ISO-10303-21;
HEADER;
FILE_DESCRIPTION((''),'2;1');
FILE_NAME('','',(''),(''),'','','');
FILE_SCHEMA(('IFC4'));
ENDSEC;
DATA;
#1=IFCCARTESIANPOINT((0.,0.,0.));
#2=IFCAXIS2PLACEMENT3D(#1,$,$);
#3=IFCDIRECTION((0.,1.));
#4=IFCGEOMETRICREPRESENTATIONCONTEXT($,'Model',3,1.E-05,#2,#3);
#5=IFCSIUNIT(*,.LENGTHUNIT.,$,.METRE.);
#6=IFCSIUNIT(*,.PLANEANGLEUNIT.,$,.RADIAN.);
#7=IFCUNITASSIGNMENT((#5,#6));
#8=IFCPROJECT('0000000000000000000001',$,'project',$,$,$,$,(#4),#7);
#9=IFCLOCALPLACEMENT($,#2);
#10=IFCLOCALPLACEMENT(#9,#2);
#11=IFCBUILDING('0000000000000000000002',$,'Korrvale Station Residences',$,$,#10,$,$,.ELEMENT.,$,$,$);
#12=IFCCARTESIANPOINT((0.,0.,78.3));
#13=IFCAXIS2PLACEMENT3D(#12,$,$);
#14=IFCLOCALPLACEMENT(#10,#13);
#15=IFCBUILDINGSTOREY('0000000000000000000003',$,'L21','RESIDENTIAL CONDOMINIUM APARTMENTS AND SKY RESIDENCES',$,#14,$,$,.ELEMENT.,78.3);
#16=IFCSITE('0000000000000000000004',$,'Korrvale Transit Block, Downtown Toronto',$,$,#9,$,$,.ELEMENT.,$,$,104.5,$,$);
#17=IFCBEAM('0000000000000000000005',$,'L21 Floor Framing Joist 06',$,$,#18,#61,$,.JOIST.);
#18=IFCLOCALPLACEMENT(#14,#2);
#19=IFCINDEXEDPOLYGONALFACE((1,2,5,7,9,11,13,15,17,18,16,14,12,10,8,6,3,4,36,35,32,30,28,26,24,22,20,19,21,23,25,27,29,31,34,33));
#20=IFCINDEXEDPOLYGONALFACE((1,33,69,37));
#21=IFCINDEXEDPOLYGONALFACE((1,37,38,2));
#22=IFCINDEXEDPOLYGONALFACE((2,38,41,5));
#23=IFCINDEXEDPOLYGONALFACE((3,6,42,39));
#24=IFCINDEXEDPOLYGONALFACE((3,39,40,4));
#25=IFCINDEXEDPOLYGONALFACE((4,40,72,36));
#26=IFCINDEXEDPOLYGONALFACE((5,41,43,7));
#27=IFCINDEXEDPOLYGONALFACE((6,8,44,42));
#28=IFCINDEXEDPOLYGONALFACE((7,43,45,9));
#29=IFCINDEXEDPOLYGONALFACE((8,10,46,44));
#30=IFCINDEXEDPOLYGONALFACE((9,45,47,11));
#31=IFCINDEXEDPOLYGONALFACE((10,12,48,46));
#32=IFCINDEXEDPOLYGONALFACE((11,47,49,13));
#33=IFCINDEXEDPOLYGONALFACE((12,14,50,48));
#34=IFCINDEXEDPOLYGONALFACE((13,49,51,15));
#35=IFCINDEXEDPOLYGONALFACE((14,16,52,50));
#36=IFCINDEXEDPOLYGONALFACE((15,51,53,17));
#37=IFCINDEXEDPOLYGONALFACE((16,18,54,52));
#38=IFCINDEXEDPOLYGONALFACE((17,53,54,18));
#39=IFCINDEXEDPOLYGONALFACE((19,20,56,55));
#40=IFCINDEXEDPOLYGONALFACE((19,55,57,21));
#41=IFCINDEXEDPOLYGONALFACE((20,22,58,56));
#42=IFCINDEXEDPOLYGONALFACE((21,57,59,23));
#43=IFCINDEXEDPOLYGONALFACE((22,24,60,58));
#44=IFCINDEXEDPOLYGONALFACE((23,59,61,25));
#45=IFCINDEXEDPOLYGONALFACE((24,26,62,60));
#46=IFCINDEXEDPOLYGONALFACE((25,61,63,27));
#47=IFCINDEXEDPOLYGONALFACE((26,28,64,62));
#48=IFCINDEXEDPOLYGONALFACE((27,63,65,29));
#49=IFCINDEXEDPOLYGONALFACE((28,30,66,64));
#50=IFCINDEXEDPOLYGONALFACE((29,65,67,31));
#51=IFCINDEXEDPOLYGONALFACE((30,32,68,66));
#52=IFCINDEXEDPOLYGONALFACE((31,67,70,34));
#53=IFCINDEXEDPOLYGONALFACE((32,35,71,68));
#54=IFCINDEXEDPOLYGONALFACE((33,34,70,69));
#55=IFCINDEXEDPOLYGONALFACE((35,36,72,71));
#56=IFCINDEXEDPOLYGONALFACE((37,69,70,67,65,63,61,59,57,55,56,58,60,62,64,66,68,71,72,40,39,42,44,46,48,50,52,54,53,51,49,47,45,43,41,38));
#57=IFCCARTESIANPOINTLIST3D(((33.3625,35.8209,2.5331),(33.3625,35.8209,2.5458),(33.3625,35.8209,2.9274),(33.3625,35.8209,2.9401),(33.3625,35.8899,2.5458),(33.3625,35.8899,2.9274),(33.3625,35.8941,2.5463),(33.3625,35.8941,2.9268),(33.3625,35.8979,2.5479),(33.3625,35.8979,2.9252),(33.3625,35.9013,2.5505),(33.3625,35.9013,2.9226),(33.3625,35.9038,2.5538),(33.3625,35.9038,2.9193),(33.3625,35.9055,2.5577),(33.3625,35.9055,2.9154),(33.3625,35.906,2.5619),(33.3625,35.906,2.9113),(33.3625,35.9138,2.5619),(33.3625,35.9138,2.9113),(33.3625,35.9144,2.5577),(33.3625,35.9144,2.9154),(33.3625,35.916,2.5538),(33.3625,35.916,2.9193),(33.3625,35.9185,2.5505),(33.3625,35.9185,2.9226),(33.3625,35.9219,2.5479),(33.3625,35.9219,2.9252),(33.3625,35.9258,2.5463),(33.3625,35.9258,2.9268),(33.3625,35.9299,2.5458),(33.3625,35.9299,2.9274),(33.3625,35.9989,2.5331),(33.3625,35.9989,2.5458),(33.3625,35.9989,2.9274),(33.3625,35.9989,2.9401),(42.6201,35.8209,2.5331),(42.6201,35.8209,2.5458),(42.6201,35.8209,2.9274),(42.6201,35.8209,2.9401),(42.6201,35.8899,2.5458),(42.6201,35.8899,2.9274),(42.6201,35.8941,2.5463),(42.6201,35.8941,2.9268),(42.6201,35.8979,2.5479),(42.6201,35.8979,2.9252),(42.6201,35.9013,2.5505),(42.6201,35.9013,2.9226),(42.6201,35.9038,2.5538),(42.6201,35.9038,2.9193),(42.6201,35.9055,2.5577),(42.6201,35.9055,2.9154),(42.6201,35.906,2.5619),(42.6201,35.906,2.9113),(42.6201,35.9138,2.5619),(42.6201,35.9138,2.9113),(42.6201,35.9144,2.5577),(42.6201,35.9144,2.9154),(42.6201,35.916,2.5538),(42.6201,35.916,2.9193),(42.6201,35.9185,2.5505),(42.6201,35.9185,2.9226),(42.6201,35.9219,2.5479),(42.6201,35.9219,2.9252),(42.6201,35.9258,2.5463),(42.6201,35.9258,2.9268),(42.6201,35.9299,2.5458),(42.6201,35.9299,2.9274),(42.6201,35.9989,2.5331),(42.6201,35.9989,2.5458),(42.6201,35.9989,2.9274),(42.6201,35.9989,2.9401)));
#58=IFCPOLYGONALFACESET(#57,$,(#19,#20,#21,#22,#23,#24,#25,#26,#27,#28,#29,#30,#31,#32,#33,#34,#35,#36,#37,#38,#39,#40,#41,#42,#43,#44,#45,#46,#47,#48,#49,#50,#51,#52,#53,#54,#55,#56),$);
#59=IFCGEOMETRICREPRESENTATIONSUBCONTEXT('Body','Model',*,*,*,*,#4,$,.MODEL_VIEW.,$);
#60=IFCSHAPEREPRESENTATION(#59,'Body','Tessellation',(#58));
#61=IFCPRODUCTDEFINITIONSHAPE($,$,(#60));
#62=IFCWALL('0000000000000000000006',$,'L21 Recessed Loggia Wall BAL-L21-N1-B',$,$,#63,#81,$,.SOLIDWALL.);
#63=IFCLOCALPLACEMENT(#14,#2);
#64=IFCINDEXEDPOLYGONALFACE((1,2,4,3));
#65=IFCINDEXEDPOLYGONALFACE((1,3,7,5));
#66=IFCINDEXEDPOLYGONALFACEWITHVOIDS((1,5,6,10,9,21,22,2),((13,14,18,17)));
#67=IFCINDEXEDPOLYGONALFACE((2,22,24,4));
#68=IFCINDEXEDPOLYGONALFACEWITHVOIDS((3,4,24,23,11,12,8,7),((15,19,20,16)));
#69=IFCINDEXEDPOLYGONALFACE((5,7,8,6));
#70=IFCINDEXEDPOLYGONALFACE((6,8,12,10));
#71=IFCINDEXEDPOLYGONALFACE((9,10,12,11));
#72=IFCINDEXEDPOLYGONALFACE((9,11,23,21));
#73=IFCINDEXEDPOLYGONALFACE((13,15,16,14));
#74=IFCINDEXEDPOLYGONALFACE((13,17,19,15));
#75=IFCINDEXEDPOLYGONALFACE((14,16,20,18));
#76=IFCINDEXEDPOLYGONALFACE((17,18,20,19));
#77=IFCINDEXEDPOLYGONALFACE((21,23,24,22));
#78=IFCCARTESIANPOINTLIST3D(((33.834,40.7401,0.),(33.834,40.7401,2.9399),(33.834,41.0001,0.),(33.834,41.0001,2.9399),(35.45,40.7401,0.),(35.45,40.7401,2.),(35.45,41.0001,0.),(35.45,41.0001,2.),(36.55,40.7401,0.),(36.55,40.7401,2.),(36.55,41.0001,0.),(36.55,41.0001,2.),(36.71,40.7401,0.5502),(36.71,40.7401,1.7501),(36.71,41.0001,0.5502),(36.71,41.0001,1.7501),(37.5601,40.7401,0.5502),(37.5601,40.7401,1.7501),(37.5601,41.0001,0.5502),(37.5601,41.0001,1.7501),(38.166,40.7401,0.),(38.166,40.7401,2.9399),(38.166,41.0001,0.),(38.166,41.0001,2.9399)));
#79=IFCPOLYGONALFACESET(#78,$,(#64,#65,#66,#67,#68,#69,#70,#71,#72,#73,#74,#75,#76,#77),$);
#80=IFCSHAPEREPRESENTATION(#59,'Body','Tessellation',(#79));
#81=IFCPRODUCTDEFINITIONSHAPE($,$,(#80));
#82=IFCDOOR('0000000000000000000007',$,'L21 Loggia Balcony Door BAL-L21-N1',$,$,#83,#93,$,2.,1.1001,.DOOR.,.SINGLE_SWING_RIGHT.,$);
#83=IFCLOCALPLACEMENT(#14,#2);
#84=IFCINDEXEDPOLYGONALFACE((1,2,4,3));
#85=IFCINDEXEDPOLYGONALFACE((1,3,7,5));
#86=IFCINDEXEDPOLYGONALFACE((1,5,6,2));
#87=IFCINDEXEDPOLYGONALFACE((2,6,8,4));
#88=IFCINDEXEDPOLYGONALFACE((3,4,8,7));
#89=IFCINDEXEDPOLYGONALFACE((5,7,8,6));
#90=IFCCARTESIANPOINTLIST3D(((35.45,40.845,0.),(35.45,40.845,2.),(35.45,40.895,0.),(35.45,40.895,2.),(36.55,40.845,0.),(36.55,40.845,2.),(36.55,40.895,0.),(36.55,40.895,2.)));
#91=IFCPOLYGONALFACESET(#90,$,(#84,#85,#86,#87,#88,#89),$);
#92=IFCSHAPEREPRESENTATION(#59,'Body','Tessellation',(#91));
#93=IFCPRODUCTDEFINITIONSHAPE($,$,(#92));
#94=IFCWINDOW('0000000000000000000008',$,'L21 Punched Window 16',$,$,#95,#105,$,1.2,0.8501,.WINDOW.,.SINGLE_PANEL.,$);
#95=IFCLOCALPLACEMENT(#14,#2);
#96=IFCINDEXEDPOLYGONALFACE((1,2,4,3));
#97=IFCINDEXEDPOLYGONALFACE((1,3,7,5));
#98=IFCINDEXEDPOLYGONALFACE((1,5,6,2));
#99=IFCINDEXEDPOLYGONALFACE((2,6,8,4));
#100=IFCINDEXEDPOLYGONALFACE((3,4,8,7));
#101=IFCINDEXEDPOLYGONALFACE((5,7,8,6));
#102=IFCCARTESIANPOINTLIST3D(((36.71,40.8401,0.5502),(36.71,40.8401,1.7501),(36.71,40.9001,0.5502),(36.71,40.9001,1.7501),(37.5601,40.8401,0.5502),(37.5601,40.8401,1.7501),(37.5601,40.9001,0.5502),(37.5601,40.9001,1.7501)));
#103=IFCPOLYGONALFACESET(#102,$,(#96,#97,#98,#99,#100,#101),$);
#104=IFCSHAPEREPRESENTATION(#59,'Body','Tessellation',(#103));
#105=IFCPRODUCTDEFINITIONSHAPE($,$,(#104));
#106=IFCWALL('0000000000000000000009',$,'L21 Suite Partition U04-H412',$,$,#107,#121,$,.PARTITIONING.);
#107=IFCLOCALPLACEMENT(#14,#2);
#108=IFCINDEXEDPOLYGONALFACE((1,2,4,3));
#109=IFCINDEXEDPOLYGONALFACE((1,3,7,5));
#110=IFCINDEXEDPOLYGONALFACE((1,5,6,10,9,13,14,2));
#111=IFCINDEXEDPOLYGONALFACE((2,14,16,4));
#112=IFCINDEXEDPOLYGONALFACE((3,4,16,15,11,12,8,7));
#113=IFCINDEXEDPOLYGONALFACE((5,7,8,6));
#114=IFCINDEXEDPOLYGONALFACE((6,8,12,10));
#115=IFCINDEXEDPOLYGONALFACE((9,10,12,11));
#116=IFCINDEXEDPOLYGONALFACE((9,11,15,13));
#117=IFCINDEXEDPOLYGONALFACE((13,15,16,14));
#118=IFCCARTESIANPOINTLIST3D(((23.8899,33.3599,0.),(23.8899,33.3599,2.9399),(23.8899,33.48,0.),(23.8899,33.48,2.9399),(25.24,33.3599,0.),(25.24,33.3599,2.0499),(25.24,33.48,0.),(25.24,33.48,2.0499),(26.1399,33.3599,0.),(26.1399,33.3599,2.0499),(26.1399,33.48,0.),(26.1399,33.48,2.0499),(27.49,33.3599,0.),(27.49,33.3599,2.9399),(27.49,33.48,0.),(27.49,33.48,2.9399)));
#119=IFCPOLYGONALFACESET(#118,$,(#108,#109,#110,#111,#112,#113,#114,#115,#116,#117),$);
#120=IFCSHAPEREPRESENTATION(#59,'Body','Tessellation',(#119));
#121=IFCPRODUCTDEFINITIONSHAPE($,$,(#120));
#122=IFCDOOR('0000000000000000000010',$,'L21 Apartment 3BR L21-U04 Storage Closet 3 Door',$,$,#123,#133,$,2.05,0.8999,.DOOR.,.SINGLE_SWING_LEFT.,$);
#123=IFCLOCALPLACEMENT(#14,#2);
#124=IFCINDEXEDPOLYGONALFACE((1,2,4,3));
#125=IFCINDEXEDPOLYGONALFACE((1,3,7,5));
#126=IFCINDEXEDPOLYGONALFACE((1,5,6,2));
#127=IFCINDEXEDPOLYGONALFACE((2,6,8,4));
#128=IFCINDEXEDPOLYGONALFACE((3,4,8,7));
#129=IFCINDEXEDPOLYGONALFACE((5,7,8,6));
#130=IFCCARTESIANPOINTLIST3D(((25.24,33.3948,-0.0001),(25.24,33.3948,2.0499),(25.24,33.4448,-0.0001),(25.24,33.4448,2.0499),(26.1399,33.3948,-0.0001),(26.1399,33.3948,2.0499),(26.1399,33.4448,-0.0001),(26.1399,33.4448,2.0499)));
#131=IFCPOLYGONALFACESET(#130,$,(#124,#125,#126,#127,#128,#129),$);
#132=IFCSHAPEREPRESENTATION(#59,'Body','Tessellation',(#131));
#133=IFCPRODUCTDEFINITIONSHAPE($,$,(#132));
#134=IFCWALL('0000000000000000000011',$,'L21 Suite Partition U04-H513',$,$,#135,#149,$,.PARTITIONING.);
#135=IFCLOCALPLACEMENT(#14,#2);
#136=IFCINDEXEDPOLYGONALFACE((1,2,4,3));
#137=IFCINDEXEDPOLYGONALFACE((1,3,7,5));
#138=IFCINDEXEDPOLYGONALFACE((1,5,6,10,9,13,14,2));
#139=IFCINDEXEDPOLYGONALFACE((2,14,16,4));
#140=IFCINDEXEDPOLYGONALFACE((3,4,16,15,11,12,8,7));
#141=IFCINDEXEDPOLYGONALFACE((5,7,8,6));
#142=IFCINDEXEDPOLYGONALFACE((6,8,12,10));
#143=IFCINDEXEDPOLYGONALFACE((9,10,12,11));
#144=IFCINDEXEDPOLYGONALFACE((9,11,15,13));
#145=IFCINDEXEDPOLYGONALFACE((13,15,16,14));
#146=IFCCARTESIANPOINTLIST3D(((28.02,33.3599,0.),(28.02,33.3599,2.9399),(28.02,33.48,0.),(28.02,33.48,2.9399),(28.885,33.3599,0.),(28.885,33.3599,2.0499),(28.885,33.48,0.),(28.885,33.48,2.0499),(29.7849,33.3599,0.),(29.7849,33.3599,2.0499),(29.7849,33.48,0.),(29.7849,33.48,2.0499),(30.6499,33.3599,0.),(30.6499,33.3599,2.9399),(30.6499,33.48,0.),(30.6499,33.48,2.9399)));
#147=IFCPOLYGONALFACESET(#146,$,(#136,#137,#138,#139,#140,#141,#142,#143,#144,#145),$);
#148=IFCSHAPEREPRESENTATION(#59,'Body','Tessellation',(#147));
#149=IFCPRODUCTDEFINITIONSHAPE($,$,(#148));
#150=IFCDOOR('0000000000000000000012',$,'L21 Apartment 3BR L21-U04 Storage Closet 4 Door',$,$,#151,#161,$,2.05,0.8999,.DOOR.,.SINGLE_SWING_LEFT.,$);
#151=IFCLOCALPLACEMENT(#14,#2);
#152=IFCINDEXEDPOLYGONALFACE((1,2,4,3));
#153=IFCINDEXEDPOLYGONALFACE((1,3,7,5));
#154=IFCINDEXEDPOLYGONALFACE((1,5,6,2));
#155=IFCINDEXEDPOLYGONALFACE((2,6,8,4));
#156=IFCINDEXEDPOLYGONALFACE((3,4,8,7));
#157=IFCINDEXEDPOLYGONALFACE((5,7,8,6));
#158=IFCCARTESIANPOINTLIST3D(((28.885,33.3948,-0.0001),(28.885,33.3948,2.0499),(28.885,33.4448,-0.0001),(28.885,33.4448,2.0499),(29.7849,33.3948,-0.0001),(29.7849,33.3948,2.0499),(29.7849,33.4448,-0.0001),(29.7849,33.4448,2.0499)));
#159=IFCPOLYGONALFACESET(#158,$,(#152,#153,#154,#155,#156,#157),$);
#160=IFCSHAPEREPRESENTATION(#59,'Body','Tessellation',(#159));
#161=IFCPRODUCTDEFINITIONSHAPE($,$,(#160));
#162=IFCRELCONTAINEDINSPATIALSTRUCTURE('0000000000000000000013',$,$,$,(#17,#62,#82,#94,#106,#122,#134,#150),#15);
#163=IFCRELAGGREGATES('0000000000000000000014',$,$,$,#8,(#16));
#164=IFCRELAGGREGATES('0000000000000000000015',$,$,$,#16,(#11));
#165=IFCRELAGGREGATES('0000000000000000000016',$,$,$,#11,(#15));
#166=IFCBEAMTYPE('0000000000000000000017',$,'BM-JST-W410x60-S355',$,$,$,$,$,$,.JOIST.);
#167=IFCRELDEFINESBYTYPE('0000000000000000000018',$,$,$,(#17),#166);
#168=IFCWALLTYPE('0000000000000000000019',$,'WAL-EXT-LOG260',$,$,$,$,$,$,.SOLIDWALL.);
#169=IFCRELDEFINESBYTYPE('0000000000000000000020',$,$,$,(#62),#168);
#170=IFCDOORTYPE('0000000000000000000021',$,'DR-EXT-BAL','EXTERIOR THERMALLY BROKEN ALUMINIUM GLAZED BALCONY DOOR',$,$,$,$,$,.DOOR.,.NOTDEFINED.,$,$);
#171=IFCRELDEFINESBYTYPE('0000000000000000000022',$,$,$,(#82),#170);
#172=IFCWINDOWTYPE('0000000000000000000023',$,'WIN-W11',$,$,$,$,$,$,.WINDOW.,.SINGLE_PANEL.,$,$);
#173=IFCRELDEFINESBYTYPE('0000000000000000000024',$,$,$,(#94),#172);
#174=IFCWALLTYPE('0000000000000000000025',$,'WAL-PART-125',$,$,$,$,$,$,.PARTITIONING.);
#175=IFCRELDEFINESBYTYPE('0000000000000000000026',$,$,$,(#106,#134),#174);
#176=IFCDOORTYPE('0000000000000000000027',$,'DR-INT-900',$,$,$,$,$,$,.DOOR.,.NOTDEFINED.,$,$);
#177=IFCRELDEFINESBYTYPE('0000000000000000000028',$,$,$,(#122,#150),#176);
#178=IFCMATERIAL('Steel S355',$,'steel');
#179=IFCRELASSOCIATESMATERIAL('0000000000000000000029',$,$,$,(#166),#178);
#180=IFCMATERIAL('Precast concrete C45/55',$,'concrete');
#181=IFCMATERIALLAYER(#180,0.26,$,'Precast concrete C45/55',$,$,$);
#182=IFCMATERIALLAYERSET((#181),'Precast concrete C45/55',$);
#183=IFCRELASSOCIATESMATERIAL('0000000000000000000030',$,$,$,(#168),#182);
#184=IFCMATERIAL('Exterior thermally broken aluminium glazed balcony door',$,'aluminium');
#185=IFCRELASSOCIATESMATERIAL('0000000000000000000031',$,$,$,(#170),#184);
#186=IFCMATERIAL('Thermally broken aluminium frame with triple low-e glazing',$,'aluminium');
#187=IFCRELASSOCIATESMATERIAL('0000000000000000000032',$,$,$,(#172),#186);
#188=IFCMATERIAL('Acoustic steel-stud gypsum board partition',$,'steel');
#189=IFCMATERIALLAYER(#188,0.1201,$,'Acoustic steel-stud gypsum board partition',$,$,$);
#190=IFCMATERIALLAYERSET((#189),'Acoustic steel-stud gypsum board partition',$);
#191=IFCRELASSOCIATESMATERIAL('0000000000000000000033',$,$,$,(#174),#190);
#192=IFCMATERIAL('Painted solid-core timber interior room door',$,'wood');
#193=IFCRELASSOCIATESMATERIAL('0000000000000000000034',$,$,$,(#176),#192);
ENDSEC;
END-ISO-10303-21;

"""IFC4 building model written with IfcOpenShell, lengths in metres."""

from ifc_helpers import new_model, si_unit, direction, frame, frame_2d, origin, origin_2d, place, context, subcontext, project, spatial, rectangle, i_section, extrude, material, layer, layer_set, material_profile, profile_set, type_object, element, fill, save


model = new_model("IFC4")

# Units and contexts
model_context = context("Model", 3, precision=1e-05, world=origin(), true_north=direction((0.0, 1.0)))
body_context = subcontext(model_context, "Body", "Model", "MODEL_VIEW")
ifc_project = project(units=[si_unit("LENGTHUNIT", "METRE"), si_unit("PLANEANGLEUNIT", "RADIAN")], contexts=[model_context])

# Site, building, storey
site_placement = place(None, origin())
site = spatial("IfcSite", under=ifc_project, at=site_placement, Name="Korrvale Transit Block, Downtown Toronto", CompositionType="ELEMENT", RefElevation=104.5)
building_placement = place(site_placement, origin())
building = spatial("IfcBuilding", under=site, at=building_placement, Name="Korrvale Station Residences", CompositionType="ELEMENT")
storey_placement = place(building_placement, frame((0.0, 0.0, 78.3)))
storey = spatial("IfcBuildingStorey", under=building, at=storey_placement, Name="L21", Description="RESIDENTIAL CONDOMINIUM APARTMENTS AND SKY RESIDENCES", CompositionType="ELEMENT", Elevation=78.3)

# Beam
ifc_material_1 = material(Name="Steel S355", Category="steel")
ifc_material_profile = material_profile(ifc_material_1, i_section(OverallWidth=0.178, OverallDepth=0.407, WebThickness=0.0078, FlangeThickness=0.0127, FilletRadius=0.0161, at=origin_2d()), Name="W410x60")
ifc_profile_set = profile_set([ifc_material_profile], Name="Steel S355")
beam_type = type_object("IfcBeamType", Name="BM-JST-W410x60-S355", PredefinedType="JOIST", material=ifc_profile_set)
beam_placement = place(storey_placement, frame((33.3625, 35.9099, 2.7366), z_axis=(1.0, 0.0, 0.0), x_axis=(0.0, 1.0, 0.0)))
element("IfcBeam", 1, at=beam_placement, inside=storey, type_object=beam_type, Name="L21 Floor Framing Joist 06", PredefinedType="JOIST", context=body_context, shape_type="SweptSolid", body=[
    extrude(i_section(OverallWidth=0.178, OverallDepth=0.407, WebThickness=0.0078, FlangeThickness=0.0127, FilletRadius=0.0161, at=origin_2d()), origin(), (0.0, 0.0, 1.0), 9.2576),
])

# Wall, openings, door, window
ifc_material_2 = material(Name="Precast concrete C45/55", Category="concrete")
ifc_layer_1 = layer(ifc_material_2, 0.26, Name="Precast concrete C45/55")
ifc_layer_set_1 = layer_set([ifc_layer_1], Name="Precast concrete C45/55")
wall_type_1 = type_object("IfcWallType", Name="WAL-EXT-LOG260", PredefinedType="SOLIDWALL", material=ifc_layer_set_1)
wall_1_placement = place(storey_placement, frame((33.834, 40.8701, 0.0), z_axis=(0.0, 0.0, 1.0), x_axis=(1.0, 0.0, 0.0)))
wall_1 = element("IfcWall", 2, at=wall_1_placement, inside=storey, type_object=wall_type_1, Name="L21 Recessed Loggia Wall BAL-L21-N1-B", PredefinedType="SOLIDWALL", context=body_context, shape_type="SweptSolid", body=[
    extrude(rectangle(XDim=4.332, YDim=0.26, at=frame_2d((2.166, 0.0))), origin(), (0.0, 0.0, 1.0), 2.9399),
])
opening_1_placement = place(wall_1_placement, frame((1.616, 0.0, 0.0)))
opening_1 = element("IfcOpeningElement", 3, at=opening_1_placement, cuts=wall_1, PredefinedType="OPENING", context=body_context, shape_type="SweptSolid", body=[
    extrude(rectangle(XDim=1.1001, YDim=2.0, at=frame_2d((0.55, 1.0))), frame((0.0, 0.1401, 0.0), z_axis=(0.0, -1.0, 0.0), x_axis=(1.0, 0.0, 0.0)), (0.0, 0.0, 1.0), 0.28),
])
opening_2_placement = place(wall_1_placement, frame((2.876, 0.0, 0.55)))
opening_2 = element("IfcOpeningElement", 4, at=opening_2_placement, cuts=wall_1, PredefinedType="OPENING", context=body_context, shape_type="SweptSolid", body=[
    extrude(rectangle(XDim=0.8501, YDim=1.2, at=frame_2d((0.425, 0.6001))), frame((0.0, 0.1401, 0.0), z_axis=(0.0, -1.0, 0.0), x_axis=(1.0, 0.0, 0.0)), (0.0, 0.0, 1.0), 0.28),
])
ifc_material_3 = material(Name="Exterior thermally broken aluminium glazed balcony door", Category="aluminium")
door_type_1 = type_object("IfcDoorType", Name="DR-EXT-BAL", Description="EXTERIOR THERMALLY BROKEN ALUMINIUM GLAZED BALCONY DOOR", OperationType="NOTDEFINED", PredefinedType="DOOR", material=ifc_material_3)
door_1_placement = place(opening_1_placement, origin())
door_1 = element("IfcDoor", 5, at=door_1_placement, inside=storey, type_object=door_type_1, Name="L21 Loggia Balcony Door BAL-L21-N1", OperationType="SINGLE_SWING_RIGHT", OverallHeight=2.0, OverallWidth=1.1001, PredefinedType="DOOR", context=body_context, shape_type="SweptSolid", body=[
    extrude(rectangle(XDim=1.1001, YDim=2.0, at=frame_2d((0.55, 1.0))), frame((0.0, 0.0249, 0.0), z_axis=(0.0, -1.0, 0.0), x_axis=(1.0, 0.0, 0.0)), (0.0, 0.0, 1.0), 0.05),
])
fill(opening_1, door_1)
ifc_material_4 = material(Name="Thermally broken aluminium frame with triple low-e glazing", Category="aluminium")
window_type = type_object("IfcWindowType", Name="WIN-W11", PartitioningType="SINGLE_PANEL", PredefinedType="WINDOW", material=ifc_material_4)
window_placement = place(opening_2_placement, origin())
window = element("IfcWindow", 6, at=window_placement, inside=storey, type_object=window_type, Name="L21 Punched Window 16", OverallHeight=1.2, OverallWidth=0.8501, PartitioningType="SINGLE_PANEL", PredefinedType="WINDOW", context=body_context, shape_type="SweptSolid", body=[
    extrude(rectangle(XDim=0.8501, YDim=1.2, at=frame_2d((0.425, 0.6001))), frame((0.0, 0.03, 0.0), z_axis=(0.0, -1.0, 0.0), x_axis=(1.0, 0.0, 0.0)), (0.0, 0.0, 1.0), 0.0601),
])
fill(opening_2, window)

# Walls, openings, doors
ifc_material_5 = material(Name="Acoustic steel-stud gypsum board partition", Category="steel")
ifc_layer_2 = layer(ifc_material_5, 0.1201, Name="Acoustic steel-stud gypsum board partition")
ifc_layer_set_2 = layer_set([ifc_layer_2], Name="Acoustic steel-stud gypsum board partition")
wall_type_2 = type_object("IfcWallType", Name="WAL-PART-125", PredefinedType="PARTITIONING", material=ifc_layer_set_2)
wall_2_placement = place(storey_placement, frame((23.8899, 33.4199, 0.0), z_axis=(0.0, 0.0, 1.0), x_axis=(1.0, 0.0, 0.0)))
wall_2 = element("IfcWall", 7, at=wall_2_placement, inside=storey, type_object=wall_type_2, Name="L21 Suite Partition U04-H412", PredefinedType="PARTITIONING", context=body_context, shape_type="SweptSolid", body=[
    extrude(rectangle(XDim=3.6001, YDim=0.1201, at=frame_2d((1.8, 0.0))), origin(), (0.0, 0.0, 1.0), 2.9399),
])
opening_3_placement = place(wall_2_placement, frame((1.3501, 0.0, 0.0)))
opening_3 = element("IfcOpeningElement", 8, at=opening_3_placement, cuts=wall_2, PredefinedType="OPENING", context=body_context, shape_type="SweptSolid", body=[
    extrude(rectangle(XDim=0.8999, YDim=2.05, at=frame_2d((0.45, 1.0249))), frame((0.0, 0.0701, 0.0), z_axis=(0.0, -1.0, 0.0), x_axis=(1.0, 0.0, 0.0)), (0.0, 0.0, 1.0), 0.1401),
])
ifc_material_6 = material(Name="Painted solid-core timber interior room door", Category="wood")
door_type_2 = type_object("IfcDoorType", Name="DR-INT-900", OperationType="NOTDEFINED", PredefinedType="DOOR", material=ifc_material_6)
door_2_placement = place(opening_3_placement, origin())
door_2 = element("IfcDoor", 9, at=door_2_placement, inside=storey, type_object=door_type_2, Name="L21 Apartment 3BR L21-U04 Storage Closet 3 Door", OperationType="SINGLE_SWING_LEFT", OverallHeight=2.05, OverallWidth=0.8999, PredefinedType="DOOR", context=body_context, shape_type="SweptSolid", body=[
    extrude(rectangle(XDim=0.8999, YDim=2.05, at=frame_2d((0.45, 1.0249))), frame((0.0, 0.0249, 0.0), z_axis=(0.0, -1.0, 0.0), x_axis=(1.0, 0.0, 0.0)), (0.0, 0.0, 1.0), 0.05),
])
fill(opening_3, door_2)
wall_3_placement = place(storey_placement, frame((28.02, 33.4199, 0.0), z_axis=(0.0, 0.0, 1.0), x_axis=(1.0, 0.0, 0.0)))
wall_3 = element("IfcWall", 10, at=wall_3_placement, inside=storey, type_object=wall_type_2, Name="L21 Suite Partition U04-H513", PredefinedType="PARTITIONING", context=body_context, shape_type="SweptSolid", body=[
    extrude(rectangle(XDim=2.6299, YDim=0.1201, at=frame_2d((1.3149, 0.0))), origin(), (0.0, 0.0, 1.0), 2.9399),
])
opening_4_placement = place(wall_3_placement, frame((0.865, 0.0, 0.0)))
opening_4 = element("IfcOpeningElement", 11, at=opening_4_placement, cuts=wall_3, PredefinedType="OPENING", context=body_context, shape_type="SweptSolid", body=[
    extrude(rectangle(XDim=0.8999, YDim=2.05, at=frame_2d((0.45, 1.0249))), frame((0.0, 0.0701, 0.0), z_axis=(0.0, -1.0, 0.0), x_axis=(1.0, 0.0, 0.0)), (0.0, 0.0, 1.0), 0.1401),
])
door_3_placement = place(opening_4_placement, origin())
door_3 = element("IfcDoor", 12, at=door_3_placement, inside=storey, type_object=door_type_2, Name="L21 Apartment 3BR L21-U04 Storage Closet 4 Door", OperationType="SINGLE_SWING_LEFT", OverallHeight=2.05, OverallWidth=0.8999, PredefinedType="DOOR", context=body_context, shape_type="SweptSolid", body=[
    extrude(rectangle(XDim=0.8999, YDim=2.05, at=frame_2d((0.45, 1.0249))), frame((0.0, 0.0249, 0.0), z_axis=(0.0, -1.0, 0.0), x_axis=(1.0, 0.0, 0.0)), (0.0, 0.0, 1.0), 0.05),
])
fill(opening_4, door_3)

save(model, "model.ifc")
